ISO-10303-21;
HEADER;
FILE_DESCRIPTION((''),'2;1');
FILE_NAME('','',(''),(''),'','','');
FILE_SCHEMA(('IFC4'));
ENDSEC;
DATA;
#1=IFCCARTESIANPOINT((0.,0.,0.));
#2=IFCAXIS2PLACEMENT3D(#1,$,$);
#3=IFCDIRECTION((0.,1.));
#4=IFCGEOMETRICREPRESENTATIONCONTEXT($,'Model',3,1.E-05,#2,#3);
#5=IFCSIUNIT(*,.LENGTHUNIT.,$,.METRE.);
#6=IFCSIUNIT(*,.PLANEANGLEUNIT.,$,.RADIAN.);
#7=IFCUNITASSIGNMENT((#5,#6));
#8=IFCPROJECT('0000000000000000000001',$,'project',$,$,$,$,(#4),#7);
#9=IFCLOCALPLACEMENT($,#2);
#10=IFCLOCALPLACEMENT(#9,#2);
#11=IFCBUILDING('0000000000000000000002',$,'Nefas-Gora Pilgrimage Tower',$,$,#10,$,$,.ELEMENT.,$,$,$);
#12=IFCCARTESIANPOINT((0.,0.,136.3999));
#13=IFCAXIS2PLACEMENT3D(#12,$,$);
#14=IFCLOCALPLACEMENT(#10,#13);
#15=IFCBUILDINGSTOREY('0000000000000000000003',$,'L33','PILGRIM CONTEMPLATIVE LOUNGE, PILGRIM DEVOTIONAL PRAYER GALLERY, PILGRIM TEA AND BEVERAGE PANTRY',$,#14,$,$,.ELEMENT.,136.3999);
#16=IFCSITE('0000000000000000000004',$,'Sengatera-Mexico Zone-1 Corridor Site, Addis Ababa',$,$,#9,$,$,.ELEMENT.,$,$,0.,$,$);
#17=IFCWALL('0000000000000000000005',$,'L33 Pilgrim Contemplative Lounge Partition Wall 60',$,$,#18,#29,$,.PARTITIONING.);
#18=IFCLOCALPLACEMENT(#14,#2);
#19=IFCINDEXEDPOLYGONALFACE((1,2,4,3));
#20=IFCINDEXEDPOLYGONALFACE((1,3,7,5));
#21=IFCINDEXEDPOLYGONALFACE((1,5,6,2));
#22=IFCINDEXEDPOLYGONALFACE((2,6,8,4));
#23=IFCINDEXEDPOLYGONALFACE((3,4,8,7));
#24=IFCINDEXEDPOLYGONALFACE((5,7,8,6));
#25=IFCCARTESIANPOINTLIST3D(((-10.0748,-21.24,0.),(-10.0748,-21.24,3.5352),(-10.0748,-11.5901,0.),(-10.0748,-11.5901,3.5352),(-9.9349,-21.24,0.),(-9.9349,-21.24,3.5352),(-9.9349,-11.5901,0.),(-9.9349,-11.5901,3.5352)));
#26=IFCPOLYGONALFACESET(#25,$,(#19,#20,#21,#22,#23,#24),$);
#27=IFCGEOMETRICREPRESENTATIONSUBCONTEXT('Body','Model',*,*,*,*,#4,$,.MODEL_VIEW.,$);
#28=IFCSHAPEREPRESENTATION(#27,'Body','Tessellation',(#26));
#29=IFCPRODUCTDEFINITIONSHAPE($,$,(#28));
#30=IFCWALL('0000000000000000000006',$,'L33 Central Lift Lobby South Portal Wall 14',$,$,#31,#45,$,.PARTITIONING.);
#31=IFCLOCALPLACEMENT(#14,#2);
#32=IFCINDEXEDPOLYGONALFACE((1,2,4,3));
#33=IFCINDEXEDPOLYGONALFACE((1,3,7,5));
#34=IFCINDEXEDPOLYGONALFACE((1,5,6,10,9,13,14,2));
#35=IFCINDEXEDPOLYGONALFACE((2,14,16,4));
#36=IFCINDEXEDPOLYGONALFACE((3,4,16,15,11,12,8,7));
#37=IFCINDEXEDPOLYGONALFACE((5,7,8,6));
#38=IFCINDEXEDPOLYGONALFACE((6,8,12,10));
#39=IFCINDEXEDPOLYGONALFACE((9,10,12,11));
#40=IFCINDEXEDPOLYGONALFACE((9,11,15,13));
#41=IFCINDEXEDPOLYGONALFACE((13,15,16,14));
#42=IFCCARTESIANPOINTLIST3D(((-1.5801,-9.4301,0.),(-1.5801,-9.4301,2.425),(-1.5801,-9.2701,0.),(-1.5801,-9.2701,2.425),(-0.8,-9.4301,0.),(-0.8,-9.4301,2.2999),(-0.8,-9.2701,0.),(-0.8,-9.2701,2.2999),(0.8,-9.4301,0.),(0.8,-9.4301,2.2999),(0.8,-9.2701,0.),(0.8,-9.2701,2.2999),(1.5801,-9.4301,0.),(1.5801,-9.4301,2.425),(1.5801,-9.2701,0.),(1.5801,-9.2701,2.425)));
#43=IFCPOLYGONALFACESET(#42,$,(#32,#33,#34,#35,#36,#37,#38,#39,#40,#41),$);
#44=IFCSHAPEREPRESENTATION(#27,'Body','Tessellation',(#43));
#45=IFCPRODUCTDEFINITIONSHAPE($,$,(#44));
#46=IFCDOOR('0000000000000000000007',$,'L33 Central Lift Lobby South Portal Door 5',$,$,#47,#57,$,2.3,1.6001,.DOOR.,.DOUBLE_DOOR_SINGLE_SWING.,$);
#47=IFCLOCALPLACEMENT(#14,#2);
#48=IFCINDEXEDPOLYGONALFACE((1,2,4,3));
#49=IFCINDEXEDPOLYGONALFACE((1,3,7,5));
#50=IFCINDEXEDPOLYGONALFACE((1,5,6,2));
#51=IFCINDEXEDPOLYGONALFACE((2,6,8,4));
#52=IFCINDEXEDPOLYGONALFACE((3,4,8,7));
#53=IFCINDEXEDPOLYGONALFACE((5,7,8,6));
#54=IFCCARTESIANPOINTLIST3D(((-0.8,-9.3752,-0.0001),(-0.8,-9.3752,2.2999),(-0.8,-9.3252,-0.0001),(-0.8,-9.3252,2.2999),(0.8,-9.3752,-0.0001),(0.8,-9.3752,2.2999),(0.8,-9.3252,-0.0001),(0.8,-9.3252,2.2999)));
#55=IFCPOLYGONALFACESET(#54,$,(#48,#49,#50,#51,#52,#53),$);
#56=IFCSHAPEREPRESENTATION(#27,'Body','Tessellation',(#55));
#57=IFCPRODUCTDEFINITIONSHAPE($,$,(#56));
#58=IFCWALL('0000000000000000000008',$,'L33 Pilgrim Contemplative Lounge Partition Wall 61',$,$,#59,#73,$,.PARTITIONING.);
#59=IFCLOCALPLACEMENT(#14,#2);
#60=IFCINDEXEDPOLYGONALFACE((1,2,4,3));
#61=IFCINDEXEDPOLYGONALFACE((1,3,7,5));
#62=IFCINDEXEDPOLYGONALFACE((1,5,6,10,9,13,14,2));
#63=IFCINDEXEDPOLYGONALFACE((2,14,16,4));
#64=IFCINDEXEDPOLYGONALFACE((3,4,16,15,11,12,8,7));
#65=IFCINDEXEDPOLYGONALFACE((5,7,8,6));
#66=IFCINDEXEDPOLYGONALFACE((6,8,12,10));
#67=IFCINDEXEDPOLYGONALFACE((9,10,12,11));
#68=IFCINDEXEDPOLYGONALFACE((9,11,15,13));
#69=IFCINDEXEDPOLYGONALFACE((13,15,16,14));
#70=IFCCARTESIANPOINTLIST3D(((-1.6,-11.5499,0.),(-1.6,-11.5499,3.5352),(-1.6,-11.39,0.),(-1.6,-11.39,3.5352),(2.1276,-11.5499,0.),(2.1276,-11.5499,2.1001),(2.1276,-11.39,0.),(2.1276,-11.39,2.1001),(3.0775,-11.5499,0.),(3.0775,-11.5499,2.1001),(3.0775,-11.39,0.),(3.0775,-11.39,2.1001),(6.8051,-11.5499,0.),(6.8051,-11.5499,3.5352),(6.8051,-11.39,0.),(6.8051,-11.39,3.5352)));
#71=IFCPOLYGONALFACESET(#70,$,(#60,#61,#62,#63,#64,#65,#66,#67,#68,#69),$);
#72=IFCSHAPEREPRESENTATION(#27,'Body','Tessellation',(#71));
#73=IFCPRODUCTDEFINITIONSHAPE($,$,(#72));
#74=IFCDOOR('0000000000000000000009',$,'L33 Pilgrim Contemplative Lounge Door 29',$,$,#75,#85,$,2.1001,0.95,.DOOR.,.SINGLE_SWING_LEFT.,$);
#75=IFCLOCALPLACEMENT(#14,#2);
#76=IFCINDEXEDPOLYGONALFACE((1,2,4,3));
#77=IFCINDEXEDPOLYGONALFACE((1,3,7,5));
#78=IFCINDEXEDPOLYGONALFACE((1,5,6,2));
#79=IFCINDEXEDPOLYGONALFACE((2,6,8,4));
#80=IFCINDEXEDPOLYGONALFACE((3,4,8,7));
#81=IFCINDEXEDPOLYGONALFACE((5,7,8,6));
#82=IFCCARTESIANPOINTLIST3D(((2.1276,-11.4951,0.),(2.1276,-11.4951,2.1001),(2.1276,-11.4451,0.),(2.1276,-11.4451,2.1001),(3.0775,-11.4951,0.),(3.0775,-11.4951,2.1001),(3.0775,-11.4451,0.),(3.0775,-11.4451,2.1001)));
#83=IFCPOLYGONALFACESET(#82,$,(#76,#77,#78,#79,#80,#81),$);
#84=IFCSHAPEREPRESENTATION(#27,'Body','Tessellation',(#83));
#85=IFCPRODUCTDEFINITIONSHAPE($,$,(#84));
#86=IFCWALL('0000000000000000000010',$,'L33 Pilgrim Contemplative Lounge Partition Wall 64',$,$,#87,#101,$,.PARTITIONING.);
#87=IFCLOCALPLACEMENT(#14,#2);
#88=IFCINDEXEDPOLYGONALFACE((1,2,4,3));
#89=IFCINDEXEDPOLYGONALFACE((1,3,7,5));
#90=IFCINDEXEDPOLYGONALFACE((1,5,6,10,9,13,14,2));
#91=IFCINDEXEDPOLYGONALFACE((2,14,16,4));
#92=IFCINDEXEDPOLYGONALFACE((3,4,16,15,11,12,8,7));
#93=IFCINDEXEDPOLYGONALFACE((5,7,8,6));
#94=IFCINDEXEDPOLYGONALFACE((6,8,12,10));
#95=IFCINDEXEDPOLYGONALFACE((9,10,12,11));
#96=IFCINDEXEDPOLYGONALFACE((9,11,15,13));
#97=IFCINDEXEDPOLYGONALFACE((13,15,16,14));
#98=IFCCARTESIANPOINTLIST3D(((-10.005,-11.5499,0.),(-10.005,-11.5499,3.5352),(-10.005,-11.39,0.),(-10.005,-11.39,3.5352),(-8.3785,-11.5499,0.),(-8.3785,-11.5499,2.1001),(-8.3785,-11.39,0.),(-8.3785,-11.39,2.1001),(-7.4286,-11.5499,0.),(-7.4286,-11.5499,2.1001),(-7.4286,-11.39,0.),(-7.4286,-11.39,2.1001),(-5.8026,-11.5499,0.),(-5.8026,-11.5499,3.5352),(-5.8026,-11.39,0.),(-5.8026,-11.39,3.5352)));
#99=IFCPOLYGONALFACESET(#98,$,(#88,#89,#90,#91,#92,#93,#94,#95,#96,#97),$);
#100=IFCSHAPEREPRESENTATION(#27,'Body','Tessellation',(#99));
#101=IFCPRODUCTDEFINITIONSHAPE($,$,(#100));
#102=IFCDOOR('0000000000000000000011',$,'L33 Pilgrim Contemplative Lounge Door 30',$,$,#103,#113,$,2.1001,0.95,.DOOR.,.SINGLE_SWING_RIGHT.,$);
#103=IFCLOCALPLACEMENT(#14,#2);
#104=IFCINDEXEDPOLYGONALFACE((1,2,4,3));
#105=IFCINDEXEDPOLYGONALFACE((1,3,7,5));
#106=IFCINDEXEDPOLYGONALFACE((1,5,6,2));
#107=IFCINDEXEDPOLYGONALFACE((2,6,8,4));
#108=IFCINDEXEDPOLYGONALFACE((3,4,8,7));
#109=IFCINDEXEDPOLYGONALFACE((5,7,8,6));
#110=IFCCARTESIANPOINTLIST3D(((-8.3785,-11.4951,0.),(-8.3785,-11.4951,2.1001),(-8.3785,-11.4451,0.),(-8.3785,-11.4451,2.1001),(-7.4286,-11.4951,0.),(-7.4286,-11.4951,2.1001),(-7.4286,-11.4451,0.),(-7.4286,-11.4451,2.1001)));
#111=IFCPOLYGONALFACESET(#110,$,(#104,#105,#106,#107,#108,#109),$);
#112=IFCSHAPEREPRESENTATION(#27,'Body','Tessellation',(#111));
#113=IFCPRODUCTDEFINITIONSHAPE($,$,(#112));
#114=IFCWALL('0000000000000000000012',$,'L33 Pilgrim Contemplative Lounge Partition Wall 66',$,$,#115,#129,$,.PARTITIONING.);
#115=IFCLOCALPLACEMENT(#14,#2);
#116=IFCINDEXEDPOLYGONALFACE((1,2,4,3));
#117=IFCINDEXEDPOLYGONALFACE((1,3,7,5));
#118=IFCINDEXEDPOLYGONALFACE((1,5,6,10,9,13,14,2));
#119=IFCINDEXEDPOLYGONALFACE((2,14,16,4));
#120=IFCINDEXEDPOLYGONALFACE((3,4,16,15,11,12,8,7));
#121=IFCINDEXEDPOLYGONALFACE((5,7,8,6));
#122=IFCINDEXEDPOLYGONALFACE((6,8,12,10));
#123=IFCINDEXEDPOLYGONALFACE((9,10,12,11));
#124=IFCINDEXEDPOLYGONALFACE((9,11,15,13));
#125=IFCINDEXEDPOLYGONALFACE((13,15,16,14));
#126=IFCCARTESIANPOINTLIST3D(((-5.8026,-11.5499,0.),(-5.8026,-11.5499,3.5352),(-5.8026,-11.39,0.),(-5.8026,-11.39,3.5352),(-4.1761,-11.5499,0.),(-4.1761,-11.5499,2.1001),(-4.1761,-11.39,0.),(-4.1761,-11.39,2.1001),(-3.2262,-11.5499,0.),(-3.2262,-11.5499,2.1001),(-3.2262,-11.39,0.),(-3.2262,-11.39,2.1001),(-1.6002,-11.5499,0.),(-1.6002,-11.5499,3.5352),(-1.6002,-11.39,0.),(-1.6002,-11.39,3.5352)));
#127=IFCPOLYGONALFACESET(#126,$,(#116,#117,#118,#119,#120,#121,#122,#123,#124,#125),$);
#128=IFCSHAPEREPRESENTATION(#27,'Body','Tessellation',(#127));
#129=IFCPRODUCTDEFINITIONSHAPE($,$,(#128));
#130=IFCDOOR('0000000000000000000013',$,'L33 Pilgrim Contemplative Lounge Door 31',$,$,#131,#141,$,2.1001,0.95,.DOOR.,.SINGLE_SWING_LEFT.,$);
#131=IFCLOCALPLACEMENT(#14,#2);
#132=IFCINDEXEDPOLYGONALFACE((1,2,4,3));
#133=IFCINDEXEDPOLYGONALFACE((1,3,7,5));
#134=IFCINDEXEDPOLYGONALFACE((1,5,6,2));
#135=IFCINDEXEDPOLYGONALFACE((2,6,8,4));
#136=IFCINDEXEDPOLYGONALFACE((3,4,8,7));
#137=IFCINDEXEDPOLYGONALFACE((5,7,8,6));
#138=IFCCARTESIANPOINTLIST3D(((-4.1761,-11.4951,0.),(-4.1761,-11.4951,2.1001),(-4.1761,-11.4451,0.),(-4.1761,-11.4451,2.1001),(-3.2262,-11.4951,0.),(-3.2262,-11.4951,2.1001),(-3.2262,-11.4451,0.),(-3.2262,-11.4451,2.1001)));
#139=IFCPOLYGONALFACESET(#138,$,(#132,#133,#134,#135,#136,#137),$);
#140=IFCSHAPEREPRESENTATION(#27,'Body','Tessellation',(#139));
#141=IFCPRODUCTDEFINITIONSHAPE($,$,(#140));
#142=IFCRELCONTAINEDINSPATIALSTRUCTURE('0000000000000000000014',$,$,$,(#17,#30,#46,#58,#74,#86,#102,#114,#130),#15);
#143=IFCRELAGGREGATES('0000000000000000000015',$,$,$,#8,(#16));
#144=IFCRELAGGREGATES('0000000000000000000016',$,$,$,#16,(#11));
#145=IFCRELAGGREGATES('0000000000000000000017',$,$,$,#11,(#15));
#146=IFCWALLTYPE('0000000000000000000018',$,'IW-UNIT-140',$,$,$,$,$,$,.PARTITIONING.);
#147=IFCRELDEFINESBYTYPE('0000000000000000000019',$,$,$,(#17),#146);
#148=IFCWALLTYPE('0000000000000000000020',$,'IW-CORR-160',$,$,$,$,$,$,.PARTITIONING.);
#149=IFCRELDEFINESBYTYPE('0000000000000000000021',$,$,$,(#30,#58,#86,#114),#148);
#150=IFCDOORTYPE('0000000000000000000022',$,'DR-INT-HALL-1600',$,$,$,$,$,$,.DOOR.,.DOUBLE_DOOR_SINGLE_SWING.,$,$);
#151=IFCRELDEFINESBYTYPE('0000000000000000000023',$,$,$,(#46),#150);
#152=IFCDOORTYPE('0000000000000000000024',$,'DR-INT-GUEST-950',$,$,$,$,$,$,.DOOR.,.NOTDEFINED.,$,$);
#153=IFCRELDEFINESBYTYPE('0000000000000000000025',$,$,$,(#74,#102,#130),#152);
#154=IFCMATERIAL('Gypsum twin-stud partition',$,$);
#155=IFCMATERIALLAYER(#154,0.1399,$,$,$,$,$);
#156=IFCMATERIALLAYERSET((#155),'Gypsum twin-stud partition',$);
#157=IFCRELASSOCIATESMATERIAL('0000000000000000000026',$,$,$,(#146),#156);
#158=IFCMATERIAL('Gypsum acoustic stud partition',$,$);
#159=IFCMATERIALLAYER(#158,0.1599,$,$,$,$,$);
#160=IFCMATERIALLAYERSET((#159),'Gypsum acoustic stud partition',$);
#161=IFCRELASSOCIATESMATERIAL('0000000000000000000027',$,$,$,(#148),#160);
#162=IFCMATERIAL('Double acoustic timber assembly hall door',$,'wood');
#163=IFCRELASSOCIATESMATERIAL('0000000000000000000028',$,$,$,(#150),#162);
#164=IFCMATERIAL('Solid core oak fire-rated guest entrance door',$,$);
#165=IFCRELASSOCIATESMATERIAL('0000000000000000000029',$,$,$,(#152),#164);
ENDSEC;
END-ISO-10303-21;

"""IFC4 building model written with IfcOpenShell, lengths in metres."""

from ifc_helpers import new_model, si_unit, direction, frame, frame_2d, origin, place, context, subcontext, project, spatial, rectangle, extrude, source, transform, mapped, material, layer, layer_set, type_object, element, fill, save


model = new_model("IFC4")

# Units and contexts
model_context = context("Model", 3, precision=1e-05, world=origin(), true_north=direction((0.0, 1.0)))
body_context = subcontext(model_context, "Body", "Model", "MODEL_VIEW")
ifc_project = project(units=[si_unit("LENGTHUNIT", "METRE"), si_unit("PLANEANGLEUNIT", "RADIAN")], contexts=[model_context])

# Site, building, storey
site_placement = place(None, origin())
site = spatial("IfcSite", under=ifc_project, at=site_placement, Name="Sengatera-Mexico Zone-1 Corridor Site, Addis Ababa", CompositionType="ELEMENT", RefElevation=0.0)
building_placement = place(site_placement, origin())
building = spatial("IfcBuilding", under=site, at=building_placement, Name="Nefas-Gora Pilgrimage Tower", CompositionType="ELEMENT")
storey_placement = place(building_placement, frame((0.0, 0.0, 136.3999)))
storey = spatial("IfcBuildingStorey", under=building, at=storey_placement, Name="L33", Description="PILGRIM CONTEMPLATIVE LOUNGE, PILGRIM DEVOTIONAL PRAYER GALLERY, PILGRIM TEA AND BEVERAGE PANTRY", CompositionType="ELEMENT", Elevation=136.3999)

# Wall
ifc_material_1 = material(Name="Gypsum twin-stud partition")
ifc_layer_1 = layer(ifc_material_1, 0.1399)
ifc_layer_set_1 = layer_set([ifc_layer_1], Name="Gypsum twin-stud partition")
wall_type_1 = type_object("IfcWallType", Name="IW-UNIT-140", PredefinedType="PARTITIONING", material=ifc_layer_set_1)
shared_shape_1 = source(origin(), body_context, "Body", "SweptSolid", [
    extrude(rectangle(XDim=9.6499, YDim=0.1399, at=frame_2d((4.825, 0.0))), origin(), (0.0, 0.0, 1.0), 3.5352),
])
wall_1_placement = place(storey_placement, frame((-10.0049, -21.24, 0.0), z_axis=(0.0, 0.0, 1.0), x_axis=(0.0, 1.0, 0.0)))
element("IfcWall", 1, at=wall_1_placement, inside=storey, type_object=wall_type_1, Name="L33 Pilgrim Contemplative Lounge Partition Wall 60", PredefinedType="PARTITIONING", context=body_context, shape_type="MappedRepresentation", body=[
    mapped(shared_shape_1, transform((0.0, 0.0, 0.0), x_axis=(1.0, 0.0, 0.0), y_axis=(0.0, 1.0, 0.0), z_axis=(0.0, 0.0, 1.0), scale=1.0)),
])

# Walls, openings, doors
ifc_material_2 = material(Name="Gypsum acoustic stud partition")
ifc_layer_2 = layer(ifc_material_2, 0.1599)
ifc_layer_set_2 = layer_set([ifc_layer_2], Name="Gypsum acoustic stud partition")
wall_type_2 = type_object("IfcWallType", Name="IW-CORR-160", PredefinedType="PARTITIONING", material=ifc_layer_set_2)
shared_shape_2 = source(origin(), body_context, "Body", "SweptSolid", [
    extrude(rectangle(XDim=3.1602, YDim=0.1599, at=frame_2d((1.5801, 0.0))), origin(), (0.0, 0.0, 1.0), 2.425),
])
wall_2_placement = place(storey_placement, frame((-1.5801, -9.3501, 0.0), z_axis=(0.0, 0.0, 1.0), x_axis=(1.0, 0.0, 0.0)))
wall_2 = element("IfcWall", 2, at=wall_2_placement, inside=storey, type_object=wall_type_2, Name="L33 Central Lift Lobby South Portal Wall 14", PredefinedType="PARTITIONING", context=body_context, shape_type="MappedRepresentation", body=[
    mapped(shared_shape_2, transform((0.0, 0.0, 0.0), x_axis=(1.0, 0.0, 0.0), y_axis=(0.0, 1.0, 0.0), z_axis=(0.0, 0.0, 1.0), scale=1.0)),
])
opening_1_placement = place(wall_2_placement, frame((0.78, 0.0, 0.0)))
opening_1 = element("IfcOpeningElement", 3, at=opening_1_placement, cuts=wall_2, PredefinedType="OPENING", context=body_context, shape_type="SweptSolid", body=[
    extrude(rectangle(XDim=1.6001, YDim=2.3, at=frame_2d((0.8, 1.1499))), frame((0.0, 0.0898, 0.0), z_axis=(0.0, -1.0, 0.0), x_axis=(1.0, 0.0, 0.0)), (0.0, 0.0, 1.0), 0.1799),
])
ifc_material_3 = material(Name="Double acoustic timber assembly hall door", Category="wood")
door_type_1 = type_object("IfcDoorType", Name="DR-INT-HALL-1600", OperationType="DOUBLE_DOOR_SINGLE_SWING", PredefinedType="DOOR", material=ifc_material_3)
shared_shape_3 = source(origin(), body_context, "Body", "SweptSolid", [
    extrude(rectangle(XDim=1.6001, YDim=2.3, at=frame_2d((0.8, 1.1499))), frame((0.0, 0.0249, 0.0), z_axis=(0.0, -1.0, 0.0), x_axis=(1.0, 0.0, 0.0)), (0.0, 0.0, 1.0), 0.05),
])
door_1_placement = place(opening_1_placement, origin())
door_1 = element("IfcDoor", 4, at=door_1_placement, inside=storey, type_object=door_type_1, Name="L33 Central Lift Lobby South Portal Door 5", OperationType="DOUBLE_DOOR_SINGLE_SWING", OverallHeight=2.3, OverallWidth=1.6001, PredefinedType="DOOR", context=body_context, shape_type="MappedRepresentation", body=[
    mapped(shared_shape_3, transform((0.0, 0.0, 0.0), x_axis=(1.0, 0.0, 0.0), y_axis=(0.0, 1.0, 0.0), z_axis=(0.0, 0.0, 1.0), scale=1.0)),
])
fill(opening_1, door_1)
shared_shape_4 = source(origin(), body_context, "Body", "SweptSolid", [
    extrude(rectangle(XDim=8.405, YDim=0.1599, at=frame_2d((4.2026, 0.0))), origin(), (0.0, 0.0, 1.0), 3.5352),
])
wall_3_placement = place(storey_placement, frame((-1.6001, -11.47, 0.0), z_axis=(0.0, 0.0, 1.0), x_axis=(1.0, 0.0, 0.0)))
wall_3 = element("IfcWall", 5, at=wall_3_placement, inside=storey, type_object=wall_type_2, Name="L33 Pilgrim Contemplative Lounge Partition Wall 61", PredefinedType="PARTITIONING", context=body_context, shape_type="MappedRepresentation", body=[
    mapped(shared_shape_4, transform((0.0, 0.0, 0.0), x_axis=(1.0, 0.0, 0.0), y_axis=(0.0, 1.0, 0.0), z_axis=(0.0, 0.0, 1.0), scale=1.0)),
])
opening_2_placement = place(wall_3_placement, frame((3.7275, 0.0, 0.0)))
opening_2 = element("IfcOpeningElement", 6, at=opening_2_placement, cuts=wall_3, PredefinedType="OPENING", context=body_context, shape_type="SweptSolid", body=[
    extrude(rectangle(XDim=0.95, YDim=2.1001, at=frame_2d((0.4751, 1.05))), frame((0.0, 0.0898, 0.0), z_axis=(0.0, -1.0, 0.0), x_axis=(1.0, 0.0, 0.0)), (0.0, 0.0, 1.0), 0.1799),
])
ifc_material_4 = material(Name="Solid core oak fire-rated guest entrance door")
door_type_2 = type_object("IfcDoorType", Name="DR-INT-GUEST-950", OperationType="NOTDEFINED", PredefinedType="DOOR", material=ifc_material_4)
shared_shape_5 = source(origin(), body_context, "Body", "SweptSolid", [
    extrude(rectangle(XDim=0.95, YDim=2.1001, at=frame_2d((0.4751, 1.05))), frame((0.0, 0.0249, 0.0), z_axis=(0.0, -1.0, 0.0), x_axis=(1.0, 0.0, 0.0)), (0.0, 0.0, 1.0), 0.05),
])
door_2_placement = place(opening_2_placement, origin())
door_2 = element("IfcDoor", 7, at=door_2_placement, inside=storey, type_object=door_type_2, Name="L33 Pilgrim Contemplative Lounge Door 29", OperationType="SINGLE_SWING_LEFT", OverallHeight=2.1001, OverallWidth=0.95, PredefinedType="DOOR", context=body_context, shape_type="MappedRepresentation", body=[
    mapped(shared_shape_5, transform((0.0, 0.0, 0.0), x_axis=(1.0, 0.0, 0.0), y_axis=(0.0, 1.0, 0.0), z_axis=(0.0, 0.0, 1.0), scale=1.0)),
])
fill(opening_2, door_2)
shared_shape_6 = source(origin(), body_context, "Body", "SweptSolid", [
    extrude(rectangle(XDim=4.2024, YDim=0.1599, at=frame_2d((2.1011, 0.0))), origin(), (0.0, 0.0, 1.0), 3.5352),
])
wall_4_placement = place(storey_placement, frame((-10.0049, -11.47, 0.0), z_axis=(0.0, 0.0, 1.0), x_axis=(1.0, 0.0, 0.0)))
wall_4 = element("IfcWall", 8, at=wall_4_placement, inside=storey, type_object=wall_type_2, Name="L33 Pilgrim Contemplative Lounge Partition Wall 64", PredefinedType="PARTITIONING", context=body_context, shape_type="MappedRepresentation", body=[
    mapped(shared_shape_6, transform((0.0, 0.0, 0.0), x_axis=(1.0, 0.0, 0.0), y_axis=(0.0, 1.0, 0.0), z_axis=(0.0, 0.0, 1.0), scale=1.0)),
])
opening_3_placement = place(wall_4_placement, frame((1.6262, 0.0, 0.0)))
opening_3 = element("IfcOpeningElement", 9, at=opening_3_placement, cuts=wall_4, PredefinedType="OPENING", context=body_context, shape_type="SweptSolid", body=[
    extrude(rectangle(XDim=0.95, YDim=2.1001, at=frame_2d((0.4751, 1.05))), frame((0.0, 0.0898, 0.0), z_axis=(0.0, -1.0, 0.0), x_axis=(1.0, 0.0, 0.0)), (0.0, 0.0, 1.0), 0.1799),
])
door_3_placement = place(opening_3_placement, origin())
door_3 = element("IfcDoor", 10, at=door_3_placement, inside=storey, type_object=door_type_2, Name="L33 Pilgrim Contemplative Lounge Door 30", OperationType="SINGLE_SWING_RIGHT", OverallHeight=2.1001, OverallWidth=0.95, PredefinedType="DOOR", context=body_context, shape_type="MappedRepresentation", body=[
    mapped(shared_shape_5, transform((0.0, 0.0, 0.0), x_axis=(1.0, 0.0, 0.0), y_axis=(0.0, 1.0, 0.0), z_axis=(0.0, 0.0, 1.0), scale=1.0)),
])
fill(opening_3, door_3)
wall_5_placement = place(storey_placement, frame((-5.8025, -11.47, 0.0), z_axis=(0.0, 0.0, 1.0), x_axis=(1.0, 0.0, 0.0)))
wall_5 = element("IfcWall", 11, at=wall_5_placement, inside=storey, type_object=wall_type_2, Name="L33 Pilgrim Contemplative Lounge Partition Wall 66", PredefinedType="PARTITIONING", context=body_context, shape_type="MappedRepresentation", body=[
    mapped(shared_shape_6, transform((0.0, 0.0, 0.0), x_axis=(1.0, 0.0, 0.0), y_axis=(0.0, 1.0, 0.0), z_axis=(0.0, 0.0, 1.0), scale=1.0)),
])
opening_4_placement = place(wall_5_placement, frame((1.6262, 0.0, 0.0)))
opening_4 = element("IfcOpeningElement", 12, at=opening_4_placement, cuts=wall_5, PredefinedType="OPENING", context=body_context, shape_type="SweptSolid", body=[
    extrude(rectangle(XDim=0.95, YDim=2.1001, at=frame_2d((0.4751, 1.05))), frame((0.0, 0.0898, 0.0), z_axis=(0.0, -1.0, 0.0), x_axis=(1.0, 0.0, 0.0)), (0.0, 0.0, 1.0), 0.1799),
])
door_4_placement = place(opening_4_placement, origin())
door_4 = element("IfcDoor", 13, at=door_4_placement, inside=storey, type_object=door_type_2, Name="L33 Pilgrim Contemplative Lounge Door 31", OperationType="SINGLE_SWING_LEFT", OverallHeight=2.1001, OverallWidth=0.95, PredefinedType="DOOR", context=body_context, shape_type="MappedRepresentation", body=[
    mapped(shared_shape_5, transform((0.0, 0.0, 0.0), x_axis=(1.0, 0.0, 0.0), y_axis=(0.0, 1.0, 0.0), z_axis=(0.0, 0.0, 1.0), scale=1.0)),
])
fill(opening_4, door_4)

save(model, "model.ifc")
